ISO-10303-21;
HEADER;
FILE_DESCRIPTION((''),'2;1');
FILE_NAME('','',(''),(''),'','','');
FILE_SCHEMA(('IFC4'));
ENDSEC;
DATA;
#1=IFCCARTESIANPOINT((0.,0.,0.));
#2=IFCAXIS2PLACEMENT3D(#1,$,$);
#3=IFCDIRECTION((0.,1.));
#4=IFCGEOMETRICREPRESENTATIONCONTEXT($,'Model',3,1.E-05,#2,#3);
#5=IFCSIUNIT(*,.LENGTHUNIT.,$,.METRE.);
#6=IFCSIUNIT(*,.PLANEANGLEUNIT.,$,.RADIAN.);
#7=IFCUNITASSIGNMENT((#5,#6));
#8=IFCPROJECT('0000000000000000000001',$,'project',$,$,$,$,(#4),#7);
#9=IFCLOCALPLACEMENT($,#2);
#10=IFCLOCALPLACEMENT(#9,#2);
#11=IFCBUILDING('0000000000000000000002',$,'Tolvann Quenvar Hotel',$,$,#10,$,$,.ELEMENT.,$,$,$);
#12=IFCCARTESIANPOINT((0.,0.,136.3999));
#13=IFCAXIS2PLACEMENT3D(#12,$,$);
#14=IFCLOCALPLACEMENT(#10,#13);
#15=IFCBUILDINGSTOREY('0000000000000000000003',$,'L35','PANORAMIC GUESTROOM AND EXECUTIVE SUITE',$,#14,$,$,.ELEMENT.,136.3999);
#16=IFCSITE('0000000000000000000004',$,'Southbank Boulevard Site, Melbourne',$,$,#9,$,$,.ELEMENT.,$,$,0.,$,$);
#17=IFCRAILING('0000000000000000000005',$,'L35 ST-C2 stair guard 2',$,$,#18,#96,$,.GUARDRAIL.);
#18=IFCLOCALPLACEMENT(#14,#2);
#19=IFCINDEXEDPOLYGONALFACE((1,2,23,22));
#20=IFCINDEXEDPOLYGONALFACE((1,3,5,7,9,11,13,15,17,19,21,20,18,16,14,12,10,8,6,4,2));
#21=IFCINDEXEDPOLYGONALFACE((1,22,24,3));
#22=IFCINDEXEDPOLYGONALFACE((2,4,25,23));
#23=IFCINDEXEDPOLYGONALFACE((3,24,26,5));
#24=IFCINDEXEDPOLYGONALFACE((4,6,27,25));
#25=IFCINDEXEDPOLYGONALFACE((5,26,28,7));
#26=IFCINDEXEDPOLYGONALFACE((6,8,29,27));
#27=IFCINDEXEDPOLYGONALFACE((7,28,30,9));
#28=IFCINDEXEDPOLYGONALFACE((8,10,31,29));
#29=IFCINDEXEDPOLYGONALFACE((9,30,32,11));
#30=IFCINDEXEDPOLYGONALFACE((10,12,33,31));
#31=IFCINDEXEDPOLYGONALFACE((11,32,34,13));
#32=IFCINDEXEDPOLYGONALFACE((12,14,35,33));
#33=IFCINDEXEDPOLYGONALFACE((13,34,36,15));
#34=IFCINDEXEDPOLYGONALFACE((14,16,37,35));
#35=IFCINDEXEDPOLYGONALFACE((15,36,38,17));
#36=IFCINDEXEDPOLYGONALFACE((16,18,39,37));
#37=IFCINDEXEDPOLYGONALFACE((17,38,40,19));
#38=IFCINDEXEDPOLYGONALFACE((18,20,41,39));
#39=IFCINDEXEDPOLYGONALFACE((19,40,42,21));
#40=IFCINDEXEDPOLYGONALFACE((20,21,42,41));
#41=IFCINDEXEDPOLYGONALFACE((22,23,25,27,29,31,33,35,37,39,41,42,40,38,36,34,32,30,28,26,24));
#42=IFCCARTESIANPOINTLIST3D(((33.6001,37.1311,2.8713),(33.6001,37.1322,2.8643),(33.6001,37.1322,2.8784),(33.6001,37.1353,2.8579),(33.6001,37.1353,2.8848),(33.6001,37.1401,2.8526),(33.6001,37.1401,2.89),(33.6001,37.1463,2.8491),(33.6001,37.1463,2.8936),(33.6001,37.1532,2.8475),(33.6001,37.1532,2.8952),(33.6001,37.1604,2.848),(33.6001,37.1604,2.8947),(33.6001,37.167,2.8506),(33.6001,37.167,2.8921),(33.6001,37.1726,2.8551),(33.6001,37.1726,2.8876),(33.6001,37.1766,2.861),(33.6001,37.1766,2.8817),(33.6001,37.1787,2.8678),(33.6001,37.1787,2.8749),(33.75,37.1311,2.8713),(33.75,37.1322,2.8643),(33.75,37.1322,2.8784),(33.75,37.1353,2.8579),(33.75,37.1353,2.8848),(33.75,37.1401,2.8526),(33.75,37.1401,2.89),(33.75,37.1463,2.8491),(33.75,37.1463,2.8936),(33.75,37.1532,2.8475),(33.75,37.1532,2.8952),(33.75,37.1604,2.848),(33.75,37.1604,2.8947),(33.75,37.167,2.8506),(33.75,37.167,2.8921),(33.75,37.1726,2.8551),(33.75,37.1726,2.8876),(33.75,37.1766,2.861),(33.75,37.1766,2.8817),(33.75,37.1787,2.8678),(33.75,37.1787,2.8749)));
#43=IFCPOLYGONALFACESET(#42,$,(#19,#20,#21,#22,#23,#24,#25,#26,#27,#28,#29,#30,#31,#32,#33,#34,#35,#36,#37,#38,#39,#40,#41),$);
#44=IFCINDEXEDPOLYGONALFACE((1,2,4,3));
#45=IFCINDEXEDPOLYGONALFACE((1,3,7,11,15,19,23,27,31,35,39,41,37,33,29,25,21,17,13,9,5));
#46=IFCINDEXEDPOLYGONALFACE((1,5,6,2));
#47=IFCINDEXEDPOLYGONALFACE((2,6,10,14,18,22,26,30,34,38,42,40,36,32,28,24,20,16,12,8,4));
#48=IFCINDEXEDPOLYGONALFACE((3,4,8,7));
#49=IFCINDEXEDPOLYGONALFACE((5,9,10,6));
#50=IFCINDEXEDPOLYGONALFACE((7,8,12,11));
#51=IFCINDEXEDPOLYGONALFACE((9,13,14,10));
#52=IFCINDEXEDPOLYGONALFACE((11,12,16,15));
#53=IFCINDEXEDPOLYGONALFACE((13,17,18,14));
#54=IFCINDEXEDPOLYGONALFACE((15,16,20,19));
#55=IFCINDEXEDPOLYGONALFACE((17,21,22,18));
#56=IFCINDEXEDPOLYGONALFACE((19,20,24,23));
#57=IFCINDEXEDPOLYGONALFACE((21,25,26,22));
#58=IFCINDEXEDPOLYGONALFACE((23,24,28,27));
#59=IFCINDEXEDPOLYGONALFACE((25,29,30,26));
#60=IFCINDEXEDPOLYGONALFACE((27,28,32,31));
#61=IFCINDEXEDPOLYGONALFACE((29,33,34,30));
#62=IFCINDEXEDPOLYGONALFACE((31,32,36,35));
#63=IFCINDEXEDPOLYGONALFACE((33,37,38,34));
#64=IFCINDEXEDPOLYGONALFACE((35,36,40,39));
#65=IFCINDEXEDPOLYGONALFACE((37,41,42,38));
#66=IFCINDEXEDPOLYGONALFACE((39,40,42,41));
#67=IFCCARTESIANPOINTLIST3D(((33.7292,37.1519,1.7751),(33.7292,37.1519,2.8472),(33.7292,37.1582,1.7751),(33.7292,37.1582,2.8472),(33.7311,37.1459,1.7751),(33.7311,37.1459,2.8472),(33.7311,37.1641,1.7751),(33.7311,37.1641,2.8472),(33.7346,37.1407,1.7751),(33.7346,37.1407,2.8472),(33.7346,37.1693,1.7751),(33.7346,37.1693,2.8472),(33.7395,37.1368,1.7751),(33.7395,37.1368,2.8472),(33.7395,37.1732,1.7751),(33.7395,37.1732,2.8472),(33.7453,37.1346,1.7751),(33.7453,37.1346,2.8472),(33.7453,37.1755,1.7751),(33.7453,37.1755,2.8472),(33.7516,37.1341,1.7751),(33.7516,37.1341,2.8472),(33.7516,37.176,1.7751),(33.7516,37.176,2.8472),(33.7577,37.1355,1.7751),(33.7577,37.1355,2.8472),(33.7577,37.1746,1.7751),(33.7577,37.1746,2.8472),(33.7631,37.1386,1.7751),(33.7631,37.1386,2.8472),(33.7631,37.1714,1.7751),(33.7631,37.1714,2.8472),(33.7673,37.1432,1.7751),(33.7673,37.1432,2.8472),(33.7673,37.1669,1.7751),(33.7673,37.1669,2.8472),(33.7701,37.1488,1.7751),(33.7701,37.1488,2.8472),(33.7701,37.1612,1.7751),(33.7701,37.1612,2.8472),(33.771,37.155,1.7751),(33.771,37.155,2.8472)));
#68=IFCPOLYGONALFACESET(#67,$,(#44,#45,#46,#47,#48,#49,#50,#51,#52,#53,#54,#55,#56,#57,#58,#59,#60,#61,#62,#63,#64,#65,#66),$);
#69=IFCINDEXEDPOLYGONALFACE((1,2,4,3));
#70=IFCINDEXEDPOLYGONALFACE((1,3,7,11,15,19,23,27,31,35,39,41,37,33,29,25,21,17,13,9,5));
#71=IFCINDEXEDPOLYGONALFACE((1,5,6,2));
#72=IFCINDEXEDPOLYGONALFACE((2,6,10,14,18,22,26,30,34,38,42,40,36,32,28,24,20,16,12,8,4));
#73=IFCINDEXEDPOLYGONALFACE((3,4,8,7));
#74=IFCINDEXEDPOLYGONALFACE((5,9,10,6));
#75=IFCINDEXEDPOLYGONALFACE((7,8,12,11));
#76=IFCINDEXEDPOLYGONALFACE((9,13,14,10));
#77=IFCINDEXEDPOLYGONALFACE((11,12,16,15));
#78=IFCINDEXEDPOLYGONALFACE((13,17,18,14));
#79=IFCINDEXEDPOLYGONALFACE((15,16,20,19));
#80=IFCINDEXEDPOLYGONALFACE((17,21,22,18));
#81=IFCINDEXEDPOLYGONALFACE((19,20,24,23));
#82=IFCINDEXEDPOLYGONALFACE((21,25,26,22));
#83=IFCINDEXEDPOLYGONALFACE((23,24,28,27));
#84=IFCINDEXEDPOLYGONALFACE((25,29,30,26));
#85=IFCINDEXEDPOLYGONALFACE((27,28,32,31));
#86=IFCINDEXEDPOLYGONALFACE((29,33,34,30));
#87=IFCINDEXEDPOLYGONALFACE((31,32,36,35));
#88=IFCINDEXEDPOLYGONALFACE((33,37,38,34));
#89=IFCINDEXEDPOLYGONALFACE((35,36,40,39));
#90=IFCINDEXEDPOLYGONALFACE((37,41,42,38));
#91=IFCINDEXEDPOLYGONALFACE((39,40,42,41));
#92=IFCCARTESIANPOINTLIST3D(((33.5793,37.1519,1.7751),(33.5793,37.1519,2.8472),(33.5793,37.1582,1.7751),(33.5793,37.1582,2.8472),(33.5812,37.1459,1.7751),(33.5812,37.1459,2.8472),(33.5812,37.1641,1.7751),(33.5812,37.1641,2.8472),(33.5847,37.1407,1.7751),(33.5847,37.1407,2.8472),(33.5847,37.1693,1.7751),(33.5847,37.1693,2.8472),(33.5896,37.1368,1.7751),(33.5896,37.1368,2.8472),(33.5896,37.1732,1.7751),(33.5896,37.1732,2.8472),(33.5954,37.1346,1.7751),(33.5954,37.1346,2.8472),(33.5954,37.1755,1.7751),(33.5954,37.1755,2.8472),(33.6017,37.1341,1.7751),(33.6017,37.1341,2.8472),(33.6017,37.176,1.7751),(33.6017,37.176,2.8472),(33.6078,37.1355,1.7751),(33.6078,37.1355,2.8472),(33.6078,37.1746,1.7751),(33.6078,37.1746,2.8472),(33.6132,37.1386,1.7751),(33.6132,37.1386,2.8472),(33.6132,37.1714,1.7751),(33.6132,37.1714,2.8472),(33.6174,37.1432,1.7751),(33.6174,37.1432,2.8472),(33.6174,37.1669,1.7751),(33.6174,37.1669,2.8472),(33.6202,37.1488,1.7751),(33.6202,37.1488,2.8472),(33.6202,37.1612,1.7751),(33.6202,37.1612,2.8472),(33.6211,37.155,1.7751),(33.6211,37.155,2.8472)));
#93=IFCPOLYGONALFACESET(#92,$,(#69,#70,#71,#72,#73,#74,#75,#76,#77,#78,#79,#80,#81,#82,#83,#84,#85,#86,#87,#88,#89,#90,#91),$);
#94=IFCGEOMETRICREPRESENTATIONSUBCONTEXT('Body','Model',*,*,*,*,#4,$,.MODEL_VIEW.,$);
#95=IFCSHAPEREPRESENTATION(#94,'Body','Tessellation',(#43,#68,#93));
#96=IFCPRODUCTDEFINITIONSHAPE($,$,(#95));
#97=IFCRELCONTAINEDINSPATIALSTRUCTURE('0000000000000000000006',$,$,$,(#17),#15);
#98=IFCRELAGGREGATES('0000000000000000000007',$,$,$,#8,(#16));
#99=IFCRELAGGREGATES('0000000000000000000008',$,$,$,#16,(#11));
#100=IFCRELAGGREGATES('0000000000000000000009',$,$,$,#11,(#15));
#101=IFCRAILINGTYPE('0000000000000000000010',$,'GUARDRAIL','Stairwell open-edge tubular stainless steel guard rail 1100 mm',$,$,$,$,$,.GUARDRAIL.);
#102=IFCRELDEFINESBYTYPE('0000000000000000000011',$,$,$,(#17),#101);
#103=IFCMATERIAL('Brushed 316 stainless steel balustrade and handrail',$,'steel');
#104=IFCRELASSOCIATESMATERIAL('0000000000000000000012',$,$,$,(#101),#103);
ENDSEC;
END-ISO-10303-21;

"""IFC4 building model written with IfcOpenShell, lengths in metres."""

from ifc_helpers import new_model, si_unit, direction, frame, origin, origin_2d, place, context, subcontext, project, spatial, circle, extrude, material, type_object, element, save


model = new_model("IFC4")

# Units and contexts
model_context = context("Model", 3, precision=1e-05, world=origin(), true_north=direction((0.0, 1.0)))
body_context = subcontext(model_context, "Body", "Model", "MODEL_VIEW")
ifc_project = project(units=[si_unit("LENGTHUNIT", "METRE"), si_unit("PLANEANGLEUNIT", "RADIAN")], contexts=[model_context])

# Site, building, storey
site_placement = place(None, origin())
site = spatial("IfcSite", under=ifc_project, at=site_placement, Name="Southbank Boulevard Site, Melbourne", CompositionType="ELEMENT", RefElevation=0.0)
building_placement = place(site_placement, origin())
building = spatial("IfcBuilding", under=site, at=building_placement, Name="Tolvann Quenvar Hotel", CompositionType="ELEMENT")
storey_placement = place(building_placement, frame((0.0, 0.0, 136.3999)))
storey = spatial("IfcBuildingStorey", under=building, at=storey_placement, Name="L35", Description="PANORAMIC GUESTROOM AND EXECUTIVE SUITE", CompositionType="ELEMENT", Elevation=136.3999)

# Railing
ifc_material_1 = material(Name="Brushed 316 stainless steel balustrade and handrail", Category="steel")
railing_type_1 = type_object("IfcRailingType", Name="GUARDRAIL", Description="Stairwell open-edge tubular stainless steel guard rail 1100 mm", PredefinedType="GUARDRAIL", material=ifc_material_1)
railing_1_placement = place(storey_placement, frame((33.75, 37.155, 1.7751)))
element("IfcRailing", 1, at=railing_1_placement, inside=storey, type_object=railing_type_1, Name="L35 ST-C2 stair guard 2", PredefinedType="GUARDRAIL", context=body_context, shape_type="SweptSolid", body=[
    extrude(circle(Radius=0.0239, at=origin_2d()), frame((0.0, 0.0, 1.0962), z_axis=(-1.0, 0.0, 0.0), x_axis=(0.0, -1.0, 0.0)), (0.0, 0.0, 1.0), 0.1499),
    extrude(circle(Radius=0.021, at=origin_2d()), origin(), (0.0, 0.0, 1.0), 1.072),
    extrude(circle(Radius=0.021, at=origin_2d()), frame((-0.1499, 0.0, 0.0)), (0.0, 0.0, 1.0), 1.072),
])

save(model, "model.ifc")
